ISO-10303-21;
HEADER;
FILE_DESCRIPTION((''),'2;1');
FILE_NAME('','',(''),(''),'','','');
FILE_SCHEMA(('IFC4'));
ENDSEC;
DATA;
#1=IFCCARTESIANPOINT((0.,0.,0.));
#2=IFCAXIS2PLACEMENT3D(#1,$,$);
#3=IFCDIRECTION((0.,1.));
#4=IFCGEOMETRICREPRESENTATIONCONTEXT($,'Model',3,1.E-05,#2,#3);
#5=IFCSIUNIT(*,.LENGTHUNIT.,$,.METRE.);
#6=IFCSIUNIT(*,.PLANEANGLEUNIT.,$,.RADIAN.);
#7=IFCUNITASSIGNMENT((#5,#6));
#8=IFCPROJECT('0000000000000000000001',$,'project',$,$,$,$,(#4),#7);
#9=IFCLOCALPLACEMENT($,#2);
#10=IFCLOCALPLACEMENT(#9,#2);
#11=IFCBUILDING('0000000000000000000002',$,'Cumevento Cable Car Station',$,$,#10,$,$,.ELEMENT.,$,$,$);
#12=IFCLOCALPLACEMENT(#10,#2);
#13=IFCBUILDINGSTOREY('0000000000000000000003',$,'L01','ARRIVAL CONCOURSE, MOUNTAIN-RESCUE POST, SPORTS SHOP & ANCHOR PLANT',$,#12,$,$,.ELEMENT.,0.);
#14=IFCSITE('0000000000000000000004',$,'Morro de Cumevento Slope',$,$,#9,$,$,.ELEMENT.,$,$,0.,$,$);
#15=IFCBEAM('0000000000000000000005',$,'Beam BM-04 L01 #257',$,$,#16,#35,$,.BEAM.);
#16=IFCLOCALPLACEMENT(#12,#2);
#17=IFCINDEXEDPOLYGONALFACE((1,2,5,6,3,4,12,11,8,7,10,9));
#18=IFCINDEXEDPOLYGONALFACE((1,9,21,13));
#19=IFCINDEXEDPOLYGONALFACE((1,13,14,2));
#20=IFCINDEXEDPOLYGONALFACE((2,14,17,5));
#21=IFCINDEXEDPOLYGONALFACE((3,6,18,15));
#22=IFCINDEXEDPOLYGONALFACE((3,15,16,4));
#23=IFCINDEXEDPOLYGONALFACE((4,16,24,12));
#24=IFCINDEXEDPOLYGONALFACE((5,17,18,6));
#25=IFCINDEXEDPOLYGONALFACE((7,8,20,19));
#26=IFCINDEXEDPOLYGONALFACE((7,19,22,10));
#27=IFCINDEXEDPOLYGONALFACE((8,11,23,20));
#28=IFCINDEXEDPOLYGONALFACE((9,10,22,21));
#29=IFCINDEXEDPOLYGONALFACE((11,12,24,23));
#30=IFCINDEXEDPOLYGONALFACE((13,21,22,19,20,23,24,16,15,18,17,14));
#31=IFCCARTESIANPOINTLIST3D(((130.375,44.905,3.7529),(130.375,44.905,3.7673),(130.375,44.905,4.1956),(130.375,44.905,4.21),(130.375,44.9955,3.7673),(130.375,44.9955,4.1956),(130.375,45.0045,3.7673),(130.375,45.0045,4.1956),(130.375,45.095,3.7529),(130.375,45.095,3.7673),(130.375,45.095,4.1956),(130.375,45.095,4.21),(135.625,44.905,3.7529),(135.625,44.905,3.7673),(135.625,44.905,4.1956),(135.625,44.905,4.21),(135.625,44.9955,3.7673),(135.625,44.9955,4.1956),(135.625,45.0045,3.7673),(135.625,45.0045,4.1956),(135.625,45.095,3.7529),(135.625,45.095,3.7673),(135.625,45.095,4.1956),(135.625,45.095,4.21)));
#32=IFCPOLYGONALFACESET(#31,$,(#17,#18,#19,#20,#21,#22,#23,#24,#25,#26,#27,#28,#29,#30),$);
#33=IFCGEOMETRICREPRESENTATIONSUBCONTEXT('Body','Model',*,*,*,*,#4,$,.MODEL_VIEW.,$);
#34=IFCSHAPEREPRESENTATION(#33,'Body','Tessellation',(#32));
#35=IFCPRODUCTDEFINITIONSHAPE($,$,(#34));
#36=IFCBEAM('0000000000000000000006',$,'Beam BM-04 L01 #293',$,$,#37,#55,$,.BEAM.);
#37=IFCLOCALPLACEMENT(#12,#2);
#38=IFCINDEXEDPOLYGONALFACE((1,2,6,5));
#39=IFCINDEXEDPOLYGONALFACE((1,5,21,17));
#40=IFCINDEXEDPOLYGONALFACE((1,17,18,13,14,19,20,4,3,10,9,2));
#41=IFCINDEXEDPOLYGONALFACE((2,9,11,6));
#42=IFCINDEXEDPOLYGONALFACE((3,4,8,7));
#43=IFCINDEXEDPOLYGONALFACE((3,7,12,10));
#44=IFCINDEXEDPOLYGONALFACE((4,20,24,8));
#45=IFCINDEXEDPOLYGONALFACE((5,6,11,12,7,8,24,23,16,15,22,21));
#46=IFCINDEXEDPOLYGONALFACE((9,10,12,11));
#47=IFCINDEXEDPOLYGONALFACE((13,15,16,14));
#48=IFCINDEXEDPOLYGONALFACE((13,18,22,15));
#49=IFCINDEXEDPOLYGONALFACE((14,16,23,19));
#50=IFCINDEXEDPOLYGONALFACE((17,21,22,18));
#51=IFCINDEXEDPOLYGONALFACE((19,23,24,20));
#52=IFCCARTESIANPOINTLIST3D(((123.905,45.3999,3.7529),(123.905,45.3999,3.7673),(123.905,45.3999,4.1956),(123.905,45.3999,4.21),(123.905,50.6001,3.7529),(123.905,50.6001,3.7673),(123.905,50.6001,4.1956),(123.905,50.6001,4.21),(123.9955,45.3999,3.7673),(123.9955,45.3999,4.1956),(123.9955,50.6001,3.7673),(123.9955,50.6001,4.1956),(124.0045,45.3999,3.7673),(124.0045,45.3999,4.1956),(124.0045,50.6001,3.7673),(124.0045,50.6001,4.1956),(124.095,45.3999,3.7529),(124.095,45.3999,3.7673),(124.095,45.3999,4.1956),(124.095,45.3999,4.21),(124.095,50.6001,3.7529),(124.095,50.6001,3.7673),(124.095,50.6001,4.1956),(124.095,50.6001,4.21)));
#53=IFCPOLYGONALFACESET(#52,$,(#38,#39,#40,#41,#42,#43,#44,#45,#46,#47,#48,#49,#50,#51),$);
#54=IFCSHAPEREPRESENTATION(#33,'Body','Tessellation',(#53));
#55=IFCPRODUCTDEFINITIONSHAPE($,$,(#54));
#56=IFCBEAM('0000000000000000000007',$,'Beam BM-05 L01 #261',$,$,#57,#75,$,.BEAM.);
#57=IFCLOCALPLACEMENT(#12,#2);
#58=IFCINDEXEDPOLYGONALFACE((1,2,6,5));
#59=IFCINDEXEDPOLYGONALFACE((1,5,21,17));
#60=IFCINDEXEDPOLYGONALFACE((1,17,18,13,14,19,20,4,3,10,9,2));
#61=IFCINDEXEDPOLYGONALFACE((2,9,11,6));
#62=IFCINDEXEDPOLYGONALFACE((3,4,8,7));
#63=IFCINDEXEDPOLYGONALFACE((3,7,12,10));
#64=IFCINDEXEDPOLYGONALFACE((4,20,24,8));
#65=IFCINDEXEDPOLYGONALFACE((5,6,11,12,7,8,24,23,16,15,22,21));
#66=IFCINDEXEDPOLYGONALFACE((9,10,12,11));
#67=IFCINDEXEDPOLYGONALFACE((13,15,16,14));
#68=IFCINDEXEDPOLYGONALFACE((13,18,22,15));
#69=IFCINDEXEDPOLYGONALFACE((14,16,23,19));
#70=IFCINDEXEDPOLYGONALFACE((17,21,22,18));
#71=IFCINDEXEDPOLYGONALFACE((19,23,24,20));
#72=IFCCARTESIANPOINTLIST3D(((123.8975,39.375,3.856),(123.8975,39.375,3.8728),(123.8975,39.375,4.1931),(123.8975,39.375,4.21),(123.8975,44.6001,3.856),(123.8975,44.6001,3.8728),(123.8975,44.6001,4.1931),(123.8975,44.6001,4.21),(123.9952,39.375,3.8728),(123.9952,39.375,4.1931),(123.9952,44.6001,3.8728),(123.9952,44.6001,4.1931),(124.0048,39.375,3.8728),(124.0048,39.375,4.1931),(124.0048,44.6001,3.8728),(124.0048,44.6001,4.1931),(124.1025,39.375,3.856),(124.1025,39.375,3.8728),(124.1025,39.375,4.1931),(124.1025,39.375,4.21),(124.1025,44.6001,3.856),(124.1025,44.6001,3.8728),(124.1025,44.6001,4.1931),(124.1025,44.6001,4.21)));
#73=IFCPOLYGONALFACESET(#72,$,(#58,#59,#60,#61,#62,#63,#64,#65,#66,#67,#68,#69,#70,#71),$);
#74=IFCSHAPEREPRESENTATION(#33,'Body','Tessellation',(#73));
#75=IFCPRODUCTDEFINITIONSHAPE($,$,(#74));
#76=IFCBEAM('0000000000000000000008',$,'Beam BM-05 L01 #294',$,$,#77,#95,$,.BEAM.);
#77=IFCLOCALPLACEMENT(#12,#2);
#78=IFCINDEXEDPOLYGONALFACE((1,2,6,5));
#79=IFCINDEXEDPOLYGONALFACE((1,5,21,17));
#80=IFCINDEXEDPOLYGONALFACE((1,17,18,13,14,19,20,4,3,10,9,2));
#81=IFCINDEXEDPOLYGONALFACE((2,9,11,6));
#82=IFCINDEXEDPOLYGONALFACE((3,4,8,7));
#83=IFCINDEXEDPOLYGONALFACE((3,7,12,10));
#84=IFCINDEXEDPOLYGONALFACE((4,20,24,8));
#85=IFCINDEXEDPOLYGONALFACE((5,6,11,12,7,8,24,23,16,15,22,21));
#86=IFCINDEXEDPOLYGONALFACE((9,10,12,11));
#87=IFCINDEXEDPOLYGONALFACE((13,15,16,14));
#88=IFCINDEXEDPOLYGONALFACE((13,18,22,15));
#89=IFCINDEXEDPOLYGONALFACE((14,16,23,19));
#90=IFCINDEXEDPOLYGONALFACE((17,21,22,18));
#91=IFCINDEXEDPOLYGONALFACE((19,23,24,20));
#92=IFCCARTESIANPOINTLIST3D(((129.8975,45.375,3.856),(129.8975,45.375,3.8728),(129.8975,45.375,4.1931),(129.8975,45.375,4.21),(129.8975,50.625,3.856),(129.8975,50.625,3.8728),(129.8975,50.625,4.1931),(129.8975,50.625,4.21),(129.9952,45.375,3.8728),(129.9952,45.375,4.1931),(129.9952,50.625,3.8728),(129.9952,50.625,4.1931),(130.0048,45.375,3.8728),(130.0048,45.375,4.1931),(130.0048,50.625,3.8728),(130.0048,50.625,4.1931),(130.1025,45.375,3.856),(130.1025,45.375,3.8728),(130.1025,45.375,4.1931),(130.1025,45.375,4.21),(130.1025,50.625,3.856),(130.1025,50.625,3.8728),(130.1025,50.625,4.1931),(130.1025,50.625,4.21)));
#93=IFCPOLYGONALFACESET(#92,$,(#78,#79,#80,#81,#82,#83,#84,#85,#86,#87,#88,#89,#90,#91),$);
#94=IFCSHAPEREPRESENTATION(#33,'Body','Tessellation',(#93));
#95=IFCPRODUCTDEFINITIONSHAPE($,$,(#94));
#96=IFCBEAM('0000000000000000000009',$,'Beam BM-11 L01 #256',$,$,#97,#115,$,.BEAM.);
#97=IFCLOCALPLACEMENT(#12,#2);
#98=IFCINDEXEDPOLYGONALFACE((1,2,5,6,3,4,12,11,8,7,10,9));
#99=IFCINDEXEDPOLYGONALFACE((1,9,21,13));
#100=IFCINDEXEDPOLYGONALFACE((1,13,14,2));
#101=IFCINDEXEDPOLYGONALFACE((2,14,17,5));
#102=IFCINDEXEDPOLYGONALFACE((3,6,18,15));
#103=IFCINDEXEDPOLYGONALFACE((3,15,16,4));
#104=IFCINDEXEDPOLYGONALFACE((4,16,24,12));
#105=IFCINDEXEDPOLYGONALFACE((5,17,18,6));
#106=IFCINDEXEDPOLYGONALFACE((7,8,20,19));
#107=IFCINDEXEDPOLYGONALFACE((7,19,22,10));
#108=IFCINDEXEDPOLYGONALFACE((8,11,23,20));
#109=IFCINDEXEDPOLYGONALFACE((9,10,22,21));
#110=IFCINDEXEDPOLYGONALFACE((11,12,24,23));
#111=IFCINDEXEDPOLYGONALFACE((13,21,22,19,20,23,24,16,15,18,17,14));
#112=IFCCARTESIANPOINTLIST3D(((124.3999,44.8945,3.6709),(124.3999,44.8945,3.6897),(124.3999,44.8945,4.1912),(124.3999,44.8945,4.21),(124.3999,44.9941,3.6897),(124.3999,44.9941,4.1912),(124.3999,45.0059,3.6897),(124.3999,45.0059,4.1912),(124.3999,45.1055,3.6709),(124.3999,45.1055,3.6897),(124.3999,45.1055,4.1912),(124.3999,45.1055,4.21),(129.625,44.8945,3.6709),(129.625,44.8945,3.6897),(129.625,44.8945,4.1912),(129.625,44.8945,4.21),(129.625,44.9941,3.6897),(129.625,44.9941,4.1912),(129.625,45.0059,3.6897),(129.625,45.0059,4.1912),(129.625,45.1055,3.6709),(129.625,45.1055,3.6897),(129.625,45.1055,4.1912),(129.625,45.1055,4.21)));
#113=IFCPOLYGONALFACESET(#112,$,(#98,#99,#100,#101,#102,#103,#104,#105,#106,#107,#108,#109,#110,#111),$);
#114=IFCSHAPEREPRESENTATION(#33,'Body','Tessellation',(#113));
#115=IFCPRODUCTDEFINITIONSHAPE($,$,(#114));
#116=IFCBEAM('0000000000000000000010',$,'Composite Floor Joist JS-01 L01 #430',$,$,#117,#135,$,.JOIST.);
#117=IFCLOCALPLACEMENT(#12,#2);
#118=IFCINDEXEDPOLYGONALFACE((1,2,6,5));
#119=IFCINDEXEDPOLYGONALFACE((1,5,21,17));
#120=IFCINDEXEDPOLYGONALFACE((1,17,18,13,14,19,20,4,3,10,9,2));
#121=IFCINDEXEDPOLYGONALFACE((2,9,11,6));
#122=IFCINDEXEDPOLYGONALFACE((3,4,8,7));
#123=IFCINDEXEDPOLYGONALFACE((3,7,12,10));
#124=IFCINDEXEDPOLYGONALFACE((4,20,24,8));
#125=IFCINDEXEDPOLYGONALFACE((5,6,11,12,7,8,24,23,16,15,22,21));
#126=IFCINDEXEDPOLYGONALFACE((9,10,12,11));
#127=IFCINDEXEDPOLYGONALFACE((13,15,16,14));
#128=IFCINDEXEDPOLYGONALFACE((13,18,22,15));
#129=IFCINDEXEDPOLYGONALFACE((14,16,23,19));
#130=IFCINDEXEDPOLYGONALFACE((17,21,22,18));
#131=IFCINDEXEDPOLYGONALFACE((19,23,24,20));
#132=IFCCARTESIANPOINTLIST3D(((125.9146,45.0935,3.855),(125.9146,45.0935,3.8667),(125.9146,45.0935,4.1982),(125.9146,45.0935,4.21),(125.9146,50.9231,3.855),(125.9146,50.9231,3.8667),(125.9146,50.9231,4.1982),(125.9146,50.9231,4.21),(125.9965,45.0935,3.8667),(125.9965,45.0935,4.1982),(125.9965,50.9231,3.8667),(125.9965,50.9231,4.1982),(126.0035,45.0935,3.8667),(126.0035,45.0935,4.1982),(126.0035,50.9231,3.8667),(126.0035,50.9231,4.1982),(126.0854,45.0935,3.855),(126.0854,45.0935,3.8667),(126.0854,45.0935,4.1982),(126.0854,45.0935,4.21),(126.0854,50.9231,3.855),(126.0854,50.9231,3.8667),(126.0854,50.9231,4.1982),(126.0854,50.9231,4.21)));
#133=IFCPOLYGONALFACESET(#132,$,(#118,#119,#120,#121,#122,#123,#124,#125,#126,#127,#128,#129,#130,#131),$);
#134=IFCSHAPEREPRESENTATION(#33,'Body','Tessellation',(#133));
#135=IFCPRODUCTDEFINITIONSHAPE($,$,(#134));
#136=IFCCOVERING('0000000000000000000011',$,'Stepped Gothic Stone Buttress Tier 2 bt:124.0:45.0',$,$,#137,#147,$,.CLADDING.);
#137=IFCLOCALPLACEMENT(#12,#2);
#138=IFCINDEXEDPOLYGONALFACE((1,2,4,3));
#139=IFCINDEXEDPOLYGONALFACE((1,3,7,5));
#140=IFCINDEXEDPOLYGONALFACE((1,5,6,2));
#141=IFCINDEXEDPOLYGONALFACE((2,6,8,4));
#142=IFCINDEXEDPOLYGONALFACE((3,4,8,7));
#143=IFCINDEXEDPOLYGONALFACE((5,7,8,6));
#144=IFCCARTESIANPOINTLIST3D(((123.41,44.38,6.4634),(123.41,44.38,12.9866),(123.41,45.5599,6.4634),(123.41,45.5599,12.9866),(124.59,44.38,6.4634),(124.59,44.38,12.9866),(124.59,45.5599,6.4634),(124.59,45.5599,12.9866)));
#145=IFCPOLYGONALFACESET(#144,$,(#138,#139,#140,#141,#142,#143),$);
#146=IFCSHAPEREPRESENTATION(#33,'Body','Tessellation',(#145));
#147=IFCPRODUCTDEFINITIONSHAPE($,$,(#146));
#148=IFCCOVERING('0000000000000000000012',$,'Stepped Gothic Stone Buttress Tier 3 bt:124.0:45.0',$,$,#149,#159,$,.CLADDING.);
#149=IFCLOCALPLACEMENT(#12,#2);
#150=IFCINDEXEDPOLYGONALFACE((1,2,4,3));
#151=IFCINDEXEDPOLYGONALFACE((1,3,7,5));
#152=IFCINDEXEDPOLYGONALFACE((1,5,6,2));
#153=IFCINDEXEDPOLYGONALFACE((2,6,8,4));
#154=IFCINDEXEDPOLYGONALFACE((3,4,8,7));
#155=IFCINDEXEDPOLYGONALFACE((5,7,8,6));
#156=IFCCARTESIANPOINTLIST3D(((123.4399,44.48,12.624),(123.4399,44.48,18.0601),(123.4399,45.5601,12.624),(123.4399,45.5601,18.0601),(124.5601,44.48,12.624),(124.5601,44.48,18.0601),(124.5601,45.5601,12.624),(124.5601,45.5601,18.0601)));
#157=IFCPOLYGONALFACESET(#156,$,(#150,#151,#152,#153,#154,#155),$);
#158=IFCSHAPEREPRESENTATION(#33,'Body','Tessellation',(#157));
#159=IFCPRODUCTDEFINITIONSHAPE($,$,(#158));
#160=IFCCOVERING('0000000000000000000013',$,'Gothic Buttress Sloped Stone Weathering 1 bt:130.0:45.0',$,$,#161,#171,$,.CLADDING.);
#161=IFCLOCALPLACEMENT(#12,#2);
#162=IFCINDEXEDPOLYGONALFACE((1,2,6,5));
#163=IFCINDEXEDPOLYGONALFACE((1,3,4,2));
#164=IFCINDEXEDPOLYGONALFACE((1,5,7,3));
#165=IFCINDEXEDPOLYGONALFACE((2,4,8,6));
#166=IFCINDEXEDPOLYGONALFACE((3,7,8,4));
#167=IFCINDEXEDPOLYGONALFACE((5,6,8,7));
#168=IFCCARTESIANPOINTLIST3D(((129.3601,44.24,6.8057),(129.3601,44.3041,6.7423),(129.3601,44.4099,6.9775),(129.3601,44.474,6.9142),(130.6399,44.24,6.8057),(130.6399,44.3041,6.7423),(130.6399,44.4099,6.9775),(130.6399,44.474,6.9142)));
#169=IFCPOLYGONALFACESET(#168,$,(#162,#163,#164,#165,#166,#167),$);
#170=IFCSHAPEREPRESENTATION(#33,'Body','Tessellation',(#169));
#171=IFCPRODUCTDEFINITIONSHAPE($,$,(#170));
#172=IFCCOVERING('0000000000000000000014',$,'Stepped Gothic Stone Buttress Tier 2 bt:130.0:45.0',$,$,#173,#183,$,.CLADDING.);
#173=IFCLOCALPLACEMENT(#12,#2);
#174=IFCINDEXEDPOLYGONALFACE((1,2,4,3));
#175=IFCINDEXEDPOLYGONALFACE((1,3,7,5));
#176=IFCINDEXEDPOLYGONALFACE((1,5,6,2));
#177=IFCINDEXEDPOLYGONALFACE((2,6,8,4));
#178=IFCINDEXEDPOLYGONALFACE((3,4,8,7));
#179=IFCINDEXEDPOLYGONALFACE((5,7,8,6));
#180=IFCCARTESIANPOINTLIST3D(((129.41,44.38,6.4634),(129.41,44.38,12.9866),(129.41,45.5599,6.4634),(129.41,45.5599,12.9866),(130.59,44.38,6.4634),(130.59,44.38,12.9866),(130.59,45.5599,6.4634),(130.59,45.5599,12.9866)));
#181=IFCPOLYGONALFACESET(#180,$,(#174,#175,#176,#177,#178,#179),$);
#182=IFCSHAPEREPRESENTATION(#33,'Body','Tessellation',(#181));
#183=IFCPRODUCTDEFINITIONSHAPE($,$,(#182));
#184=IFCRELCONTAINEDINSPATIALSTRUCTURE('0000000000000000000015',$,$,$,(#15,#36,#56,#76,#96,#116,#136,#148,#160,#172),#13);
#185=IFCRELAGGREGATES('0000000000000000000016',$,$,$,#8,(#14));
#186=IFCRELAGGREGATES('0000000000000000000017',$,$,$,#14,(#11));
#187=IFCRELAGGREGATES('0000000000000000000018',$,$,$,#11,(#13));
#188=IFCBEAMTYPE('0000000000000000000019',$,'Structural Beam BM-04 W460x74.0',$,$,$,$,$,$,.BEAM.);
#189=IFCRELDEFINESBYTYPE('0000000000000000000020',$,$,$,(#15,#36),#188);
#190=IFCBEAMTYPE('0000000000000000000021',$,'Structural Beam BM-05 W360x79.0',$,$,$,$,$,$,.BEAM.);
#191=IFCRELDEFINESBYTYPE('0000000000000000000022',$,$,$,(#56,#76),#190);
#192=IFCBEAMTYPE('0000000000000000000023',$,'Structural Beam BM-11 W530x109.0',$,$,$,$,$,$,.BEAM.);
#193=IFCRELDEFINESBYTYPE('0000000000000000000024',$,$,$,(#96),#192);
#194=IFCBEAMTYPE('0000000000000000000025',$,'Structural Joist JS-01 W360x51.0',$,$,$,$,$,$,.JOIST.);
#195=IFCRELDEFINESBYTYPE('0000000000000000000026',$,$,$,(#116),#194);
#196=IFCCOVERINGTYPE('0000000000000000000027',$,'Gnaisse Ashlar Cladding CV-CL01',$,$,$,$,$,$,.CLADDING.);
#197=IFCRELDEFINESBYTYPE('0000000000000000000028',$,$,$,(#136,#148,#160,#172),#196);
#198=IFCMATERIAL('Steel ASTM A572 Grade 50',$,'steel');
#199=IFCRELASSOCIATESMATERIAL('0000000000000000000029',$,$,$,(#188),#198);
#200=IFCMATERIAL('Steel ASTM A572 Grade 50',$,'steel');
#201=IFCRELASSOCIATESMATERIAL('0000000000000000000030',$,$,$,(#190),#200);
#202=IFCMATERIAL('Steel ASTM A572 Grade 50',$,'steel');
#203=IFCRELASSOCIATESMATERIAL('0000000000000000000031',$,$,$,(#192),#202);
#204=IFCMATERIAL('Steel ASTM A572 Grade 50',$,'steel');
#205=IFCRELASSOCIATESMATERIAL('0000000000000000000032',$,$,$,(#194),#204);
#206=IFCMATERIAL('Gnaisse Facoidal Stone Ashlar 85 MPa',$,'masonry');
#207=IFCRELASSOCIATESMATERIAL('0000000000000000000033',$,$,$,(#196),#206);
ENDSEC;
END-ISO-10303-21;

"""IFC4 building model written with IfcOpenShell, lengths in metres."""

from ifc_helpers import new_model, si_unit, direction, frame, origin, origin_2d, place, context, subcontext, project, spatial, polyline, rectangle, i_section, outline, extrude, material, material_profile, profile_set, type_object, element, save


model = new_model("IFC4")

# Units and contexts
model_context = context("Model", 3, precision=1e-05, world=origin(), true_north=direction((0.0, 1.0)))
body_context = subcontext(model_context, "Body", "Model", "MODEL_VIEW")
ifc_project = project(units=[si_unit("LENGTHUNIT", "METRE"), si_unit("PLANEANGLEUNIT", "RADIAN")], contexts=[model_context])

# Site, building, storey
site_placement = place(None, origin())
site = spatial("IfcSite", under=ifc_project, at=site_placement, Name="Morro de Cumevento Slope", CompositionType="ELEMENT", RefElevation=0.0)
building_placement = place(site_placement, origin())
building = spatial("IfcBuilding", under=site, at=building_placement, Name="Cumevento Cable Car Station", CompositionType="ELEMENT")
storey_placement = place(building_placement, origin())
storey = spatial("IfcBuildingStorey", under=building, at=storey_placement, Name="L01", Description="ARRIVAL CONCOURSE, MOUNTAIN-RESCUE POST, SPORTS SHOP & ANCHOR PLANT", CompositionType="ELEMENT", Elevation=0.0)

# Beams
ifc_material_1 = material(Name="Steel ASTM A572 Grade 50", Category="steel")
ifc_material_profile_1 = material_profile(ifc_material_1, i_section(OverallWidth=0.1899, OverallDepth=0.457, WebThickness=0.009, FlangeThickness=0.0144, at=origin_2d()), Name="W460x74.0")
ifc_profile_set_1 = profile_set([ifc_material_profile_1], Name="Steel ASTM A572 Grade 50")
beam_type_1 = type_object("IfcBeamType", Name="Structural Beam BM-04 W460x74.0", PredefinedType="BEAM", material=ifc_profile_set_1)
beam_1_placement = place(storey_placement, frame((130.375, 45.0, 3.9814), z_axis=(1.0, 0.0, 0.0), x_axis=(0.0, 1.0, 0.0)))
element("IfcBeam", 1, at=beam_1_placement, inside=storey, type_object=beam_type_1, Name="Beam BM-04 L01 #257", PredefinedType="BEAM", context=body_context, shape_type="SweptSolid", body=[
    extrude(i_section(OverallWidth=0.1899, OverallDepth=0.457, WebThickness=0.009, FlangeThickness=0.0144, at=origin_2d()), origin(), (0.0, 0.0, 1.0), 5.25),
])
beam_2_placement = place(storey_placement, frame((124.0, 45.3999, 3.9814), z_axis=(0.0, 1.0, 0.0), x_axis=(-1.0, 0.0, 0.0)))
element("IfcBeam", 2, at=beam_2_placement, inside=storey, type_object=beam_type_1, Name="Beam BM-04 L01 #293", PredefinedType="BEAM", context=body_context, shape_type="SweptSolid", body=[
    extrude(i_section(OverallWidth=0.1899, OverallDepth=0.457, WebThickness=0.009, FlangeThickness=0.0144, at=origin_2d()), origin(), (0.0, 0.0, 1.0), 5.2002),
])
ifc_material_2 = material(Name="Steel ASTM A572 Grade 50", Category="steel")
ifc_material_profile_2 = material_profile(ifc_material_2, i_section(OverallWidth=0.2051, OverallDepth=0.354, WebThickness=0.0095, FlangeThickness=0.0168, at=origin_2d()), Name="W360x79.0")
ifc_profile_set_2 = profile_set([ifc_material_profile_2], Name="Steel ASTM A572 Grade 50")
beam_type_2 = type_object("IfcBeamType", Name="Structural Beam BM-05 W360x79.0", PredefinedType="BEAM", material=ifc_profile_set_2)
beam_3_placement = place(storey_placement, frame((124.0, 39.375, 4.033), z_axis=(0.0, 1.0, 0.0), x_axis=(-1.0, 0.0, 0.0)))
element("IfcBeam", 3, at=beam_3_placement, inside=storey, type_object=beam_type_2, Name="Beam BM-05 L01 #261", PredefinedType="BEAM", context=body_context, shape_type="SweptSolid", body=[
    extrude(i_section(OverallWidth=0.2051, OverallDepth=0.354, WebThickness=0.0095, FlangeThickness=0.0168, at=origin_2d()), origin(), (0.0, 0.0, 1.0), 5.2251),
])
beam_4_placement = place(storey_placement, frame((130.0, 45.375, 4.033), z_axis=(0.0, 1.0, 0.0), x_axis=(-1.0, 0.0, 0.0)))
element("IfcBeam", 4, at=beam_4_placement, inside=storey, type_object=beam_type_2, Name="Beam BM-05 L01 #294", PredefinedType="BEAM", context=body_context, shape_type="SweptSolid", body=[
    extrude(i_section(OverallWidth=0.2051, OverallDepth=0.354, WebThickness=0.0095, FlangeThickness=0.0168, at=origin_2d()), origin(), (0.0, 0.0, 1.0), 5.25),
])
ifc_material_3 = material(Name="Steel ASTM A572 Grade 50", Category="steel")
ifc_material_profile_3 = material_profile(ifc_material_3, i_section(OverallWidth=0.2109, OverallDepth=0.5391, WebThickness=0.0117, FlangeThickness=0.0188, at=origin_2d()), Name="W530x109.0")
ifc_profile_set_3 = profile_set([ifc_material_profile_3], Name="Steel ASTM A572 Grade 50")
beam_type_3 = type_object("IfcBeamType", Name="Structural Beam BM-11 W530x109.0", PredefinedType="BEAM", material=ifc_profile_set_3)
beam_5_placement = place(storey_placement, frame((124.3999, 45.0, 3.9404), z_axis=(1.0, 0.0, 0.0), x_axis=(0.0, 1.0, 0.0)))
element("IfcBeam", 5, at=beam_5_placement, inside=storey, type_object=beam_type_3, Name="Beam BM-11 L01 #256", PredefinedType="BEAM", context=body_context, shape_type="SweptSolid", body=[
    extrude(i_section(OverallWidth=0.2109, OverallDepth=0.5391, WebThickness=0.0117, FlangeThickness=0.0188, at=origin_2d()), origin(), (0.0, 0.0, 1.0), 5.2251),
])
ifc_material_4 = material(Name="Steel ASTM A572 Grade 50", Category="steel")
ifc_material_profile_4 = material_profile(ifc_material_4, i_section(OverallWidth=0.1709, OverallDepth=0.355, WebThickness=0.0071, FlangeThickness=0.0117, at=origin_2d()), Name="W360x51.0")
ifc_profile_set_4 = profile_set([ifc_material_profile_4], Name="Steel ASTM A572 Grade 50")
beam_type_4 = type_object("IfcBeamType", Name="Structural Joist JS-01 W360x51.0", PredefinedType="JOIST", material=ifc_profile_set_4)
beam_6_placement = place(storey_placement, frame((126.0, 45.0935, 4.0325), z_axis=(0.0, 1.0, 0.0), x_axis=(-1.0, 0.0, 0.0)))
element("IfcBeam", 6, at=beam_6_placement, inside=storey, type_object=beam_type_4, Name="Composite Floor Joist JS-01 L01 #430", PredefinedType="JOIST", context=body_context, shape_type="SweptSolid", body=[
    extrude(i_section(OverallWidth=0.1709, OverallDepth=0.355, WebThickness=0.0071, FlangeThickness=0.0117, at=origin_2d()), origin(), (0.0, 0.0, 1.0), 5.8296),
])

# Coverings
ifc_material_5 = material(Name="Gnaisse Facoidal Stone Ashlar 85 MPa", Category="masonry")
covering_type = type_object("IfcCoveringType", Name="Gnaisse Ashlar Cladding CV-CL01", PredefinedType="CLADDING", material=ifc_material_5)
covering_1_placement = place(storey_placement, frame((124.0, 44.97, 6.4634), z_axis=(0.0, 0.0, 1.0), x_axis=(1.0, 0.0, 0.0)))
element("IfcCovering", 7, at=covering_1_placement, inside=storey, type_object=covering_type, Name="Stepped Gothic Stone Buttress Tier 2 bt:124.0:45.0", PredefinedType="CLADDING", context=body_context, shape_type="SweptSolid", body=[
    extrude(rectangle(XDim=1.1799, YDim=1.1799, at=origin_2d()), origin(), (0.0, 0.0, 1.0), 6.5232),
])
covering_2_placement = place(storey_placement, frame((124.0, 45.02, 12.624), z_axis=(0.0, 0.0, 1.0), x_axis=(1.0, 0.0, 0.0)))
element("IfcCovering", 8, at=covering_2_placement, inside=storey, type_object=covering_type, Name="Stepped Gothic Stone Buttress Tier 3 bt:124.0:45.0", PredefinedType="CLADDING", context=body_context, shape_type="SweptSolid", body=[
    extrude(rectangle(XDim=1.1201, YDim=1.0801, at=origin_2d()), origin(), (0.0, 0.0, 1.0), 5.436),
])
covering_3_placement = place(storey_placement, frame((129.3601, 44.24, 6.8057), z_axis=(0.0, -0.711136, 0.703055), x_axis=(1.0, 0.0, 0.0)))
element("IfcCovering", 9, at=covering_3_placement, inside=storey, type_object=covering_type, Name="Gothic Buttress Sloped Stone Weathering 1 bt:130.0:45.0", PredefinedType="CLADDING", context=body_context, shape_type="SweptSolid", body=[
    extrude(outline(polyline([(0.0, 0.0), (1.2798, 0.0), (1.2798, 0.2417), (0.0, 0.2417), (0.0, 0.0)])), origin(), (0.0, 0.0, -1.0), 0.0901),
])
covering_4_placement = place(storey_placement, frame((130.0, 44.97, 6.4634), z_axis=(0.0, 0.0, 1.0), x_axis=(1.0, 0.0, 0.0)))
element("IfcCovering", 10, at=covering_4_placement, inside=storey, type_object=covering_type, Name="Stepped Gothic Stone Buttress Tier 2 bt:130.0:45.0", PredefinedType="CLADDING", context=body_context, shape_type="SweptSolid", body=[
    extrude(rectangle(XDim=1.1799, YDim=1.1799, at=origin_2d()), origin(), (0.0, 0.0, 1.0), 6.5232),
])

save(model, "model.ifc")
